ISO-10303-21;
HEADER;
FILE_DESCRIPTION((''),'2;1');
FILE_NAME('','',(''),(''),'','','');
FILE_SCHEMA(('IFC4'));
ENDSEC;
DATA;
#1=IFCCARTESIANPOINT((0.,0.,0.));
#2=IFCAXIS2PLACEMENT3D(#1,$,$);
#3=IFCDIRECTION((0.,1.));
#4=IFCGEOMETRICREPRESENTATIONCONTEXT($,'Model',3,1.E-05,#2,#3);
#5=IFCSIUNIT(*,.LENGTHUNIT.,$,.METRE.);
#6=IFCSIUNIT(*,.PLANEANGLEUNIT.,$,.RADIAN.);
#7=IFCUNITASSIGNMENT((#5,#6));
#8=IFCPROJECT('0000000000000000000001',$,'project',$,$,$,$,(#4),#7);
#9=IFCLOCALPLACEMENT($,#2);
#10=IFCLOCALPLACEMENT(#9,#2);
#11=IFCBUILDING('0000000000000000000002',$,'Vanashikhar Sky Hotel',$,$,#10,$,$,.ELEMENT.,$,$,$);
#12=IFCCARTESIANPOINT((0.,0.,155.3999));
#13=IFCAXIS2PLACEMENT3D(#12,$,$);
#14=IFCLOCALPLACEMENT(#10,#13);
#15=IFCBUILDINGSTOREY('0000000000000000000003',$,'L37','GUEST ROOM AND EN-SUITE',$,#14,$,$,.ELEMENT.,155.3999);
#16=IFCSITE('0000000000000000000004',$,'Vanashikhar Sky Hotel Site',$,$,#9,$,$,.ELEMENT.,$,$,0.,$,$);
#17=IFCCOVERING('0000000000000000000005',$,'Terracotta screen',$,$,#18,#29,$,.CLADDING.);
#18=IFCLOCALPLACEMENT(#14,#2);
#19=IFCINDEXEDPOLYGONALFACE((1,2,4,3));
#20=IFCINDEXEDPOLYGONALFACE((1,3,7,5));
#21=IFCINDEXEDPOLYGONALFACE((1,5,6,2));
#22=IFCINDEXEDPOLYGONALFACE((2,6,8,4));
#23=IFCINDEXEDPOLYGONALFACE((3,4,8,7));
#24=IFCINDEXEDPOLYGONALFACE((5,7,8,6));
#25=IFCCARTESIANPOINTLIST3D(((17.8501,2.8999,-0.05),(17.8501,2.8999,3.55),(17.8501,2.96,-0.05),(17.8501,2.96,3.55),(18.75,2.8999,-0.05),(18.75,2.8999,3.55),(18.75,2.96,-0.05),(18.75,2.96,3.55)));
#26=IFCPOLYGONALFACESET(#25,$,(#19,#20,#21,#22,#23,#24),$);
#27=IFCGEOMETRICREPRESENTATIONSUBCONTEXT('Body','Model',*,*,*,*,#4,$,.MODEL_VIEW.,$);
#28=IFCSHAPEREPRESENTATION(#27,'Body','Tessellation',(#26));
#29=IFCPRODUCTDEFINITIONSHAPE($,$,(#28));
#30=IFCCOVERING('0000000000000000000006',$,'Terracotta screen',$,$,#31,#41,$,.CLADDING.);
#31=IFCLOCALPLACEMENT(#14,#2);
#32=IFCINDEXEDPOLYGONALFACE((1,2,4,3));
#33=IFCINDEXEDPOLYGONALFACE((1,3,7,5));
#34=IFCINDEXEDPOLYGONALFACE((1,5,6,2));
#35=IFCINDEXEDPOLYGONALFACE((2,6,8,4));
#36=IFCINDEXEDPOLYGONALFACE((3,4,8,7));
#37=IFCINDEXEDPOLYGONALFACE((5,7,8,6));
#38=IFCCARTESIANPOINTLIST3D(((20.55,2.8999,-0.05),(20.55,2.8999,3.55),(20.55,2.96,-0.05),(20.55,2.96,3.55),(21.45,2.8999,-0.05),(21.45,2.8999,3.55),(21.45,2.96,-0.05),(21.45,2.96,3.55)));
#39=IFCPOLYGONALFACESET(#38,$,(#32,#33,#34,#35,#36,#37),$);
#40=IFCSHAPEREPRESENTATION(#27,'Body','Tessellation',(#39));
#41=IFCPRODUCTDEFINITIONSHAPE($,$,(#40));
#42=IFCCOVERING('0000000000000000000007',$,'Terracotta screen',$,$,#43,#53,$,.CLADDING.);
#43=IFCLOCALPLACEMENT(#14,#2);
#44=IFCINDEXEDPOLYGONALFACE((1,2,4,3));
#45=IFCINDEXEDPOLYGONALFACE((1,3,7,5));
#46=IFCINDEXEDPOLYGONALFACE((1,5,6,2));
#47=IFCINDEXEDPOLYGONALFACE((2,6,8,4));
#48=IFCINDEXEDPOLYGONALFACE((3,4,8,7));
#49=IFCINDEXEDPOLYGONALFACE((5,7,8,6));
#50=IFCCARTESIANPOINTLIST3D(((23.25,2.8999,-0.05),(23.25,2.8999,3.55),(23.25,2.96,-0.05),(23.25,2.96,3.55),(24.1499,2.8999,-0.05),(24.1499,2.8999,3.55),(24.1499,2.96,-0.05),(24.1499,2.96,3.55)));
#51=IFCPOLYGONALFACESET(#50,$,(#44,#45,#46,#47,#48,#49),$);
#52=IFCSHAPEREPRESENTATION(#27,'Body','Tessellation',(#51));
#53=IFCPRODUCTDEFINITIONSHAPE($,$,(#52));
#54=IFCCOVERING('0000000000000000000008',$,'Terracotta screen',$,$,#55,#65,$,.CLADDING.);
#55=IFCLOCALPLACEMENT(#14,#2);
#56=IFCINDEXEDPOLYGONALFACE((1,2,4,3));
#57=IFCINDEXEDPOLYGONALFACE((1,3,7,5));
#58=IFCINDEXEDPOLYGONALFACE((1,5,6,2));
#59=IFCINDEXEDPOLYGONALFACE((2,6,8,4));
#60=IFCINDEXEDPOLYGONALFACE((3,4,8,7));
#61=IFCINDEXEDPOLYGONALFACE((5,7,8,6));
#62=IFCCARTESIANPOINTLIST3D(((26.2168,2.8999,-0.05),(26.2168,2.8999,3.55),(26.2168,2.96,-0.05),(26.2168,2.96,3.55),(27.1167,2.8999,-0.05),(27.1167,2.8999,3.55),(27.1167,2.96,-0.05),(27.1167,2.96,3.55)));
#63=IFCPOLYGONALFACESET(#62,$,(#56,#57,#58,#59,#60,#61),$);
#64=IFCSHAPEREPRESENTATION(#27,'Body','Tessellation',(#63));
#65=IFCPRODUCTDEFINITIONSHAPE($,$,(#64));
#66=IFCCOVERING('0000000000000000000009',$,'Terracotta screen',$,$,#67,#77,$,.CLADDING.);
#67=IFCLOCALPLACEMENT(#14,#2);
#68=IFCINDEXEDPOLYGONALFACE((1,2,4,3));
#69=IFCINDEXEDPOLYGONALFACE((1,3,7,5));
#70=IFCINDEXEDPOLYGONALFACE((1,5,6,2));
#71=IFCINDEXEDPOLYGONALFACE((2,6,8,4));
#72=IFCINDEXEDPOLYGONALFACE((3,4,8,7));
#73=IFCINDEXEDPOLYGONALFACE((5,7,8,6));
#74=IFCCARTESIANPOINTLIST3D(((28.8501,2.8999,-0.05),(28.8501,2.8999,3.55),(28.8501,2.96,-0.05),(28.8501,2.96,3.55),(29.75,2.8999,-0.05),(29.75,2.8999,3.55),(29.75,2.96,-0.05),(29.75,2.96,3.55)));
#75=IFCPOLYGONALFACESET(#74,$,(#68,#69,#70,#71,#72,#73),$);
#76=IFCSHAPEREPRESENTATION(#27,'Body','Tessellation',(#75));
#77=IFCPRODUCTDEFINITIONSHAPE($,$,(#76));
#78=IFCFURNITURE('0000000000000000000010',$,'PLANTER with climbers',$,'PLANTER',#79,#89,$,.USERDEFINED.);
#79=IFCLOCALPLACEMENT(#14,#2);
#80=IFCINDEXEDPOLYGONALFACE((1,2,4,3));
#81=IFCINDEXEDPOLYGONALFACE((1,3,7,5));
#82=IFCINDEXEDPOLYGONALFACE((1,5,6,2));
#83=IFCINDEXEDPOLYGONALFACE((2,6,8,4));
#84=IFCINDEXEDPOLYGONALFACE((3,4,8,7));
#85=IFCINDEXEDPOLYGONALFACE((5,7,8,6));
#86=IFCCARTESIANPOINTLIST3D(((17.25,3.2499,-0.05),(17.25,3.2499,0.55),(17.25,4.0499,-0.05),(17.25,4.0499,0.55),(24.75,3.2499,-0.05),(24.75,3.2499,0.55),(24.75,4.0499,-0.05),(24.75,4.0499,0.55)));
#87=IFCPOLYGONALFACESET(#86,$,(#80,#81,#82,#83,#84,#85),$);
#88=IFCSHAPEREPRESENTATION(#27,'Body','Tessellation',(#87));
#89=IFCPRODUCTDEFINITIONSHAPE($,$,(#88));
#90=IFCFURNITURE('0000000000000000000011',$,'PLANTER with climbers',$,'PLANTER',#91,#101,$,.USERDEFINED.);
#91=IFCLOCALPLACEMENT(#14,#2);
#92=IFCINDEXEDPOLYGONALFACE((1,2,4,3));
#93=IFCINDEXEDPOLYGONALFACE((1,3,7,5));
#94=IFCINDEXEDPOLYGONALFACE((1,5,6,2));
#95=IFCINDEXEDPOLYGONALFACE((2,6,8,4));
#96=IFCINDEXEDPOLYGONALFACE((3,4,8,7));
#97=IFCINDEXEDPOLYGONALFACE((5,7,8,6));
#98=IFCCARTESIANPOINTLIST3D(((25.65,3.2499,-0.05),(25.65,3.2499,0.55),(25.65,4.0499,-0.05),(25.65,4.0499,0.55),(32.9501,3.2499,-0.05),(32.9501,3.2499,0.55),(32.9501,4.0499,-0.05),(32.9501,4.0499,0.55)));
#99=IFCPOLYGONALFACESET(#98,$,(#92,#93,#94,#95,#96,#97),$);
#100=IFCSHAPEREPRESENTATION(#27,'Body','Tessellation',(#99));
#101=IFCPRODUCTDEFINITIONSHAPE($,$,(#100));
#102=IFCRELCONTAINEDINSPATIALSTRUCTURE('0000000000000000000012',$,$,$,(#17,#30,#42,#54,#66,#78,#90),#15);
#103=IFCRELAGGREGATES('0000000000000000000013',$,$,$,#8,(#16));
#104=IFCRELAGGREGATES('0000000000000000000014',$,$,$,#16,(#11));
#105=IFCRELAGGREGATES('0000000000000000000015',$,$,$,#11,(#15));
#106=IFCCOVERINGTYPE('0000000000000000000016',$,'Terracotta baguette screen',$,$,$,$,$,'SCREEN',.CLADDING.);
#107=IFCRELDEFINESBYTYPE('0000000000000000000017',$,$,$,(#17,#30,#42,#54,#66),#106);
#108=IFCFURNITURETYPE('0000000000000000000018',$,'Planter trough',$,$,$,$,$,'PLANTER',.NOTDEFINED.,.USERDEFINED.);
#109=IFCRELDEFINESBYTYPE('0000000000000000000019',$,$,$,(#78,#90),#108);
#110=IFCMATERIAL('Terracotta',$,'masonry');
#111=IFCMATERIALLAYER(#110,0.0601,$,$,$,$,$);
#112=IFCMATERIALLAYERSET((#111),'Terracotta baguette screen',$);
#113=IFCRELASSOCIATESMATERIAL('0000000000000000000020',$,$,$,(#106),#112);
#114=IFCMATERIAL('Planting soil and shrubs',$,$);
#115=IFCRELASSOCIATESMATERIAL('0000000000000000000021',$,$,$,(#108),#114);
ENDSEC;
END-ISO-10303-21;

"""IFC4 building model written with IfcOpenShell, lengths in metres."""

from ifc_helpers import new_model, si_unit, direction, frame, origin, origin_2d, place, context, subcontext, project, spatial, rectangle, extrude, source, transform, mapped, material, layer, layer_set, type_object, element, save


model = new_model("IFC4")

# Units and contexts
model_context = context("Model", 3, precision=1e-05, world=origin(), true_north=direction((0.0, 1.0)))
body_context = subcontext(model_context, "Body", "Model", "MODEL_VIEW")
ifc_project = project(units=[si_unit("LENGTHUNIT", "METRE"), si_unit("PLANEANGLEUNIT", "RADIAN")], contexts=[model_context])

# Site, building, storey
site_placement = place(None, origin())
site = spatial("IfcSite", under=ifc_project, at=site_placement, Name="Vanashikhar Sky Hotel Site", CompositionType="ELEMENT", RefElevation=0.0)
building_placement = place(site_placement, origin())
building = spatial("IfcBuilding", under=site, at=building_placement, Name="Vanashikhar Sky Hotel", CompositionType="ELEMENT")
storey_placement = place(building_placement, frame((0.0, 0.0, 155.3999)))
storey = spatial("IfcBuildingStorey", under=building, at=storey_placement, Name="L37", Description="GUEST ROOM AND EN-SUITE", CompositionType="ELEMENT", Elevation=155.3999)

# Coverings
ifc_material_1 = material(Name="Terracotta", Category="masonry")
ifc_layer_1 = layer(ifc_material_1, 0.0601)
ifc_layer_set_1 = layer_set([ifc_layer_1], Name="Terracotta baguette screen")
covering_type = type_object("IfcCoveringType", Name="Terracotta baguette screen", ElementType="SCREEN", PredefinedType="CLADDING", material=ifc_layer_set_1)
shared_shape_1 = source(origin(), body_context, "Body", "SweptSolid", [
    extrude(rectangle(XDim=0.8999, YDim=0.0601, at=origin_2d()), origin(), (0.0, 0.0, 1.0), 3.6001),
])
for number, where, z_axis, x_axis, name in (
    (1, (18.3, 2.9299, -0.05), (0.0, 0.0, 1.0), (1.0, 0.0, 0.0), "Terracotta screen"),
    (2, (21.0, 2.9299, -0.05), (0.0, 0.0, 1.0), (1.0, 0.0, 0.0), "Terracotta screen"),
    (3, (23.7, 2.9299, -0.05), (0.0, 0.0, 1.0), (1.0, 0.0, 0.0), "Terracotta screen"),
    (4, (26.6667, 2.9299, -0.05), (0.0, 0.0, 1.0), (1.0, 0.0, 0.0), "Terracotta screen"),
    (5, (29.3, 2.9299, -0.05), (0.0, 0.0, 1.0), (1.0, 0.0, 0.0), "Terracotta screen"),
):
    element("IfcCovering", number, at=place(storey_placement, frame(where, z_axis=z_axis, x_axis=x_axis)), inside=storey, type_object=covering_type, Name=name, PredefinedType="CLADDING", context=body_context, shape_type="MappedRepresentation", body=[
        mapped(shared_shape_1, transform((0.0, 0.0, 0.0), scale=1.0)),
    ])

# Furniture
ifc_material_2 = material(Name="Planting soil and shrubs")
furniture_type = type_object("IfcFurnitureType", Name="Planter trough", ElementType="PLANTER", AssemblyPlace="NOTDEFINED", PredefinedType="USERDEFINED", material=ifc_material_2)
shared_shape_2 = source(origin(), body_context, "Body", "SweptSolid", [
    extrude(rectangle(XDim=7.5, YDim=0.8, at=origin_2d()), origin(), (0.0, 0.0, 1.0), 0.6001),
])
furniture_1_placement = place(storey_placement, frame((21.0, 3.6499, -0.05), z_axis=(0.0, 0.0, 1.0), x_axis=(1.0, 0.0, 0.0)))
element("IfcFurniture", 6, at=furniture_1_placement, inside=storey, type_object=furniture_type, Name="PLANTER with climbers", ObjectType="PLANTER", PredefinedType="USERDEFINED", context=body_context, shape_type="MappedRepresentation", body=[
    mapped(shared_shape_2, transform((0.0, 0.0, 0.0), scale=1.0)),
])
shared_shape_3 = source(origin(), body_context, "Body", "SweptSolid", [
    extrude(rectangle(XDim=7.3, YDim=0.8, at=origin_2d()), origin(), (0.0, 0.0, 1.0), 0.6001),
])
furniture_2_placement = place(storey_placement, frame((29.3, 3.6499, -0.05), z_axis=(0.0, 0.0, 1.0), x_axis=(1.0, 0.0, 0.0)))
element("IfcFurniture", 7, at=furniture_2_placement, inside=storey, type_object=furniture_type, Name="PLANTER with climbers", ObjectType="PLANTER", PredefinedType="USERDEFINED", context=body_context, shape_type="MappedRepresentation", body=[
    mapped(shared_shape_3, transform((0.0, 0.0, 0.0), scale=1.0)),
])

save(model, "model.ifc")
